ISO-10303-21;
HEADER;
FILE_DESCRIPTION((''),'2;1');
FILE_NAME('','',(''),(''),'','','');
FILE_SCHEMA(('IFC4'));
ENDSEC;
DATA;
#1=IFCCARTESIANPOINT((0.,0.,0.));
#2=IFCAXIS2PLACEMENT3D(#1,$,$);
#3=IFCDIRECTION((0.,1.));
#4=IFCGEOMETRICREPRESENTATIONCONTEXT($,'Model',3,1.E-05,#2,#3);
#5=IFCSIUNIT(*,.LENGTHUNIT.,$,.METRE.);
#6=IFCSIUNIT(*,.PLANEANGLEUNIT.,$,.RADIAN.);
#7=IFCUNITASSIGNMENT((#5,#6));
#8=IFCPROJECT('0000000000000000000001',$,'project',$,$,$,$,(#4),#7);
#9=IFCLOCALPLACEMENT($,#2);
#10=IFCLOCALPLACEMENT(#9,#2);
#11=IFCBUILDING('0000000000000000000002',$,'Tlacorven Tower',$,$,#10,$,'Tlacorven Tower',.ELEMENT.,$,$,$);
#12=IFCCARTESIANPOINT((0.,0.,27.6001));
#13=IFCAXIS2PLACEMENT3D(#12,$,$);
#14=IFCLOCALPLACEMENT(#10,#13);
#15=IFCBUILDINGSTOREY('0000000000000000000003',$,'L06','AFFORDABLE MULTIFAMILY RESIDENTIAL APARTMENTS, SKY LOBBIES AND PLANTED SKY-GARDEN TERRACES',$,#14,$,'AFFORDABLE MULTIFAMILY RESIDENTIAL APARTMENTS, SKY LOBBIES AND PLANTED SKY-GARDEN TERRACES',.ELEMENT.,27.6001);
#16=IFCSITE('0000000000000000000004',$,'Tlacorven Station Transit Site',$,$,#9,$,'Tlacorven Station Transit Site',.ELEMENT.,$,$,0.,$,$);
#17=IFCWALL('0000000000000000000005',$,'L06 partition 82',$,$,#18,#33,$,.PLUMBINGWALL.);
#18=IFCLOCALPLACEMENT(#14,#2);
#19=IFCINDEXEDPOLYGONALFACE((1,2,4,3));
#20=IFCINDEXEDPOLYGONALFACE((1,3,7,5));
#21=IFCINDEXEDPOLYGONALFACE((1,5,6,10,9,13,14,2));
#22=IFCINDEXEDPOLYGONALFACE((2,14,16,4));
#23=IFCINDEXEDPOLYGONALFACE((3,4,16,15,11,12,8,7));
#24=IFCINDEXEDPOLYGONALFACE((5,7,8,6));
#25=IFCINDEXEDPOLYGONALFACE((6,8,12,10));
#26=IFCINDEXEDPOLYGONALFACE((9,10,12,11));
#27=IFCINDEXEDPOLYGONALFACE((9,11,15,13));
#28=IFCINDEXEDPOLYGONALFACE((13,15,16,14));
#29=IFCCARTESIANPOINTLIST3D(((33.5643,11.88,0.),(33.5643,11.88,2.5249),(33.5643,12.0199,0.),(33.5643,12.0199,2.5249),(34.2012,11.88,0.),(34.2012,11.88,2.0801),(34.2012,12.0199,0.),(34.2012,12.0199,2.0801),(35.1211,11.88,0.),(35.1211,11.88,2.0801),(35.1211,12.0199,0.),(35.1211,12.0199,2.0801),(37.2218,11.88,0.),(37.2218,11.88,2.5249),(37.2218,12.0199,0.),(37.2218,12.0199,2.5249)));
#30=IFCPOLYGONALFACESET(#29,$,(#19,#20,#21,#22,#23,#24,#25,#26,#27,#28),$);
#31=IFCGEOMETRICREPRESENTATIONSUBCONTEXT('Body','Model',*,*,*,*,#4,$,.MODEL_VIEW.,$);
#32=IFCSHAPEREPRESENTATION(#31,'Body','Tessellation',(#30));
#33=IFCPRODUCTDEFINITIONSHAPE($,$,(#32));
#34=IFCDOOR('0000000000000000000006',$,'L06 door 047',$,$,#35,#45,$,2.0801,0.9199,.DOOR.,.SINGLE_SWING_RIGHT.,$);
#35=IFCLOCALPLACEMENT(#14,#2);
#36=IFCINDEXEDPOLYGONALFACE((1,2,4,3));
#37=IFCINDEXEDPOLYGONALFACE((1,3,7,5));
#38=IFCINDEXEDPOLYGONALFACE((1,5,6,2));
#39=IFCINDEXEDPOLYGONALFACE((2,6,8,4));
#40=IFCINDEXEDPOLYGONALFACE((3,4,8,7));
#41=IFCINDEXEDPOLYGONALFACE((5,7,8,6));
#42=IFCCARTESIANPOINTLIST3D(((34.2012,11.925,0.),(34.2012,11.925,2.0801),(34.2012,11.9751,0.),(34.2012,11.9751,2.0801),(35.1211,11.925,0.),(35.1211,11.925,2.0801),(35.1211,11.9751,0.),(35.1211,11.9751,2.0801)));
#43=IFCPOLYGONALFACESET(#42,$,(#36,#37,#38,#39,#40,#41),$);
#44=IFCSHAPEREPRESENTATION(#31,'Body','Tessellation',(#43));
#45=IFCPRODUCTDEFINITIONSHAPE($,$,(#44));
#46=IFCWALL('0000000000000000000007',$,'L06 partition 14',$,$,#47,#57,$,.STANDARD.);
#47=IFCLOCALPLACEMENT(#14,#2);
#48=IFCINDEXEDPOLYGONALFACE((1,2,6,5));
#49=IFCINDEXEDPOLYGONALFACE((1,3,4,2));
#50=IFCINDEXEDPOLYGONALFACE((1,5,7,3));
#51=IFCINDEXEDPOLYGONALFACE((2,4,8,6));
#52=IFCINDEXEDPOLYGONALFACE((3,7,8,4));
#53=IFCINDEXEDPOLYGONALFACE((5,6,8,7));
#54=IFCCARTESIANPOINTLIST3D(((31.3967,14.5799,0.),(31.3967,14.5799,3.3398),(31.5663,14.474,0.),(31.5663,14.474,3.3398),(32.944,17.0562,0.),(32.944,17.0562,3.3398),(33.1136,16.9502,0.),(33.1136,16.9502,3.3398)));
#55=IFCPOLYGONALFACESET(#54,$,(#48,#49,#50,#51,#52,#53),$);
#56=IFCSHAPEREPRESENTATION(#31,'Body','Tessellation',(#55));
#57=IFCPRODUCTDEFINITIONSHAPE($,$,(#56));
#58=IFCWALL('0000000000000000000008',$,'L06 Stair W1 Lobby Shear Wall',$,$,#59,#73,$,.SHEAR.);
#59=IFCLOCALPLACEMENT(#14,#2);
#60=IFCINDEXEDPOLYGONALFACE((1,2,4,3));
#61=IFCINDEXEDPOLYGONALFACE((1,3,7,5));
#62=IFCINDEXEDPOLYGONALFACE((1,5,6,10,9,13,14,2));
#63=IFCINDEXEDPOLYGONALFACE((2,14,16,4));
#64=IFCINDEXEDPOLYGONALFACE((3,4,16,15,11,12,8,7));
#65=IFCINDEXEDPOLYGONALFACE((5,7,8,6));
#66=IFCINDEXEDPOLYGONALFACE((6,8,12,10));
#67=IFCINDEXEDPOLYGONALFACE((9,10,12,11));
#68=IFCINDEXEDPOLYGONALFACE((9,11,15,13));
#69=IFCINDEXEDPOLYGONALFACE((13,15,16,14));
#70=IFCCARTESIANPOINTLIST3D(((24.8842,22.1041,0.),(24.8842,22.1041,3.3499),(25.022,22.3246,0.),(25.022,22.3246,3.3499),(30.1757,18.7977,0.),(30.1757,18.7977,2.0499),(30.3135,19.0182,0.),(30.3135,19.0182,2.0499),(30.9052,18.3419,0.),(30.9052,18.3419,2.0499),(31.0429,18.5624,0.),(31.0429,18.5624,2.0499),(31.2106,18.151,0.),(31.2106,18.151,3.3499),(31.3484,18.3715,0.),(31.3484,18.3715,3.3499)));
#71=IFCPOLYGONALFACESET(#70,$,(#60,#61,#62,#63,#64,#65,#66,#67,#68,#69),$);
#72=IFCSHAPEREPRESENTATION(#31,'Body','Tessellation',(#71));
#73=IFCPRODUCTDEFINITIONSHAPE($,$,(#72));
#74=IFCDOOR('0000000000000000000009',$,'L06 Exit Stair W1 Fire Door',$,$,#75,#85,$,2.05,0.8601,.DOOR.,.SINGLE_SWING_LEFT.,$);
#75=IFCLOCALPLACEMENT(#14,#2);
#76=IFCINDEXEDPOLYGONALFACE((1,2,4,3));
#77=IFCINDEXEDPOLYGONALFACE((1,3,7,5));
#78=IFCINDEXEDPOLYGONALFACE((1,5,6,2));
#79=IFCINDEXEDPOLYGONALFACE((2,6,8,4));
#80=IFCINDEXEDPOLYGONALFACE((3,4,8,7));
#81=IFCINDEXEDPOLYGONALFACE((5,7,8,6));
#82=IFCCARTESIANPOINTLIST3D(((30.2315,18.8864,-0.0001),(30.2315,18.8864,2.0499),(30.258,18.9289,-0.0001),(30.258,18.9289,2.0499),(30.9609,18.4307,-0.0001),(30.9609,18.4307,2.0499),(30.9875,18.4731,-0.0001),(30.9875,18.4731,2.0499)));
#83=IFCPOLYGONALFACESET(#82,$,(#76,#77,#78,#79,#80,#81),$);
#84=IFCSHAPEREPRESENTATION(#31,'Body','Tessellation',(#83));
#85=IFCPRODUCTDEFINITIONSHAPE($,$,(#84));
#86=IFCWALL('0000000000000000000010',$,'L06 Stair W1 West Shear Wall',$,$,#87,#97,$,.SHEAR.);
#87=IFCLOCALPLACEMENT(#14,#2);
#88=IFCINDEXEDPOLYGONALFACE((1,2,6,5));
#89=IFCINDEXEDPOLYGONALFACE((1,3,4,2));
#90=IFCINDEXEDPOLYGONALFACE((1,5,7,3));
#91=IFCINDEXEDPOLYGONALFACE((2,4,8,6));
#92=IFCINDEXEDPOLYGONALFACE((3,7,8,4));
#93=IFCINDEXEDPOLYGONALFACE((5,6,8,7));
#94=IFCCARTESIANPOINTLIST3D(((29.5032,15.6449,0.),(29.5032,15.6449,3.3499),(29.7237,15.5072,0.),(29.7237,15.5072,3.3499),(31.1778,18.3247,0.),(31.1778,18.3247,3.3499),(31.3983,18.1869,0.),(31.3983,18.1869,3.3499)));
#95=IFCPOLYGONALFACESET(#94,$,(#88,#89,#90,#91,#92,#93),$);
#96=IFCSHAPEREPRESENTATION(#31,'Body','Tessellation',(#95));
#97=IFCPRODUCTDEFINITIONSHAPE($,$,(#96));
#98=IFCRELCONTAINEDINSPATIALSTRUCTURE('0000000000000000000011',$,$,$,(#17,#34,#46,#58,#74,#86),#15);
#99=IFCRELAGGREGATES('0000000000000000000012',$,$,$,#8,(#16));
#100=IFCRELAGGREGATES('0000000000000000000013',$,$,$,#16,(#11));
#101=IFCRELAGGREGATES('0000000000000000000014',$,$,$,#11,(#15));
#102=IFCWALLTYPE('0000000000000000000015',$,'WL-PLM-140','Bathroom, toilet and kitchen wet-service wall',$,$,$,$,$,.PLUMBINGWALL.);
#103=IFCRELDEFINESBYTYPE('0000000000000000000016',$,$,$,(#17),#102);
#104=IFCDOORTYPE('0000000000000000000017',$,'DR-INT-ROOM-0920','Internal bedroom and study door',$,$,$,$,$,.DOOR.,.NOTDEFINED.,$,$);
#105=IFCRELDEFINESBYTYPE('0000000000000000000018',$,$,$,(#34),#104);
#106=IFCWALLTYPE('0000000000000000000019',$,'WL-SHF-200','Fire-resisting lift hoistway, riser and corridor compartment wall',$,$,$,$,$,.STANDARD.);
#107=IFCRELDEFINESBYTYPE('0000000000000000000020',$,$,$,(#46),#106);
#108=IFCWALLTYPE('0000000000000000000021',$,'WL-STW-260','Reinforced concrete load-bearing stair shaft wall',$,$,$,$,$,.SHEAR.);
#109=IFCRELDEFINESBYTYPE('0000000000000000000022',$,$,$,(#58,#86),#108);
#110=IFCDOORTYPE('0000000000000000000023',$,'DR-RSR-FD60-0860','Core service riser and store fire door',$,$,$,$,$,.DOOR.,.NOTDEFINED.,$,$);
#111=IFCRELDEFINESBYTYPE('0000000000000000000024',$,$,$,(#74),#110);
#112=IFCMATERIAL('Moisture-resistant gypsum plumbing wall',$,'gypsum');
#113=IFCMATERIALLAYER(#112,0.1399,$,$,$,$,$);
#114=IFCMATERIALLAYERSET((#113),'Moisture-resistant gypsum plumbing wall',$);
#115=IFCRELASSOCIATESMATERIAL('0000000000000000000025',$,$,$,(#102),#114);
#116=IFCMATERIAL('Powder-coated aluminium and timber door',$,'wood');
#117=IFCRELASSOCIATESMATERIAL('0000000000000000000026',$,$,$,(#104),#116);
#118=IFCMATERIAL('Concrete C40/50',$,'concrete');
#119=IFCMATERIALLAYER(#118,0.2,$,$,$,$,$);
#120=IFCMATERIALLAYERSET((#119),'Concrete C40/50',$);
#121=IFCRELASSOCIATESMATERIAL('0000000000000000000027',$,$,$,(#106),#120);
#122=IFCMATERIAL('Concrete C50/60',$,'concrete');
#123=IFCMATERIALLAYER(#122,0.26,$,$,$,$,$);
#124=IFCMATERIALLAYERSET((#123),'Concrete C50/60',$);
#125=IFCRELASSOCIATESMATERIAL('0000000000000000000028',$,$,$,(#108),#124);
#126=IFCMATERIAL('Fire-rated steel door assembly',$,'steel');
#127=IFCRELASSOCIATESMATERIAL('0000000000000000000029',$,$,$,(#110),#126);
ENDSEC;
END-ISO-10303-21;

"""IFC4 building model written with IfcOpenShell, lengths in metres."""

from ifc_helpers import new_model, si_unit, direction, frame, frame_2d, origin, place, context, subcontext, project, spatial, rectangle, extrude, source, transform, mapped, material, layer, layer_set, type_object, element, fill, save


model = new_model("IFC4")

# Units and contexts
model_context = context("Model", 3, precision=1e-05, world=origin(), true_north=direction((0.0, 1.0)))
body_context = subcontext(model_context, "Body", "Model", "MODEL_VIEW")
ifc_project = project(units=[si_unit("LENGTHUNIT", "METRE"), si_unit("PLANEANGLEUNIT", "RADIAN")], contexts=[model_context])

# Site, building, storey
site_placement = place(None, origin())
site = spatial("IfcSite", under=ifc_project, at=site_placement, Name="Tlacorven Station Transit Site", LongName="Tlacorven Station Transit Site", CompositionType="ELEMENT", RefElevation=0.0)
building_placement = place(site_placement, origin())
building = spatial("IfcBuilding", under=site, at=building_placement, Name="Tlacorven Tower", LongName="Tlacorven Tower", CompositionType="ELEMENT")
storey_placement = place(building_placement, frame((0.0, 0.0, 27.6001)))
storey = spatial("IfcBuildingStorey", under=building, at=storey_placement, Name="L06", Description="AFFORDABLE MULTIFAMILY RESIDENTIAL APARTMENTS, SKY LOBBIES AND PLANTED SKY-GARDEN TERRACES", LongName="AFFORDABLE MULTIFAMILY RESIDENTIAL APARTMENTS, SKY LOBBIES AND PLANTED SKY-GARDEN TERRACES", CompositionType="ELEMENT", Elevation=27.6001)

# Shared definitions
ifc_material_1 = material(Name="Fire-rated steel door assembly", Category="steel")

# Shared definitions
ifc_material_2 = material(Name="Moisture-resistant gypsum plumbing wall", Category="gypsum")
ifc_layer_1 = layer(ifc_material_2, 0.1399)
ifc_layer_set_1 = layer_set([ifc_layer_1], Name="Moisture-resistant gypsum plumbing wall")
wall_type_1 = type_object("IfcWallType", Name="WL-PLM-140", Description="Bathroom, toilet and kitchen wet-service wall", PredefinedType="PLUMBINGWALL", material=ifc_layer_set_1)

# Wall, opening, door
wall_1_placement = place(storey_placement, frame((33.5645, 11.95, 0.0), z_axis=(0.0, 0.0, 1.0), x_axis=(1.0, 0.0, 0.0)))
wall_1 = element("IfcWall", 1, at=wall_1_placement, inside=storey, type_object=wall_type_1, Name="L06 partition 82", PredefinedType="PLUMBINGWALL", context=body_context, shape_type="SweptSolid", body=[
    extrude(rectangle(XDim=3.6575, YDim=0.1399, at=frame_2d((1.8286, 0.0))), origin(), (0.0, 0.0, 1.0), 2.5249),
])
opening_1_placement = place(wall_1_placement, frame((0.6367, 0.0, 0.0)))
opening_1 = element("IfcOpeningElement", 2, at=opening_1_placement, cuts=wall_1, PredefinedType="OPENING", context=body_context, shape_type="SweptSolid", body=[
    extrude(rectangle(XDim=0.9199, YDim=2.0801, at=frame_2d((0.46, 1.04))), frame((0.0, 0.0801, 0.0), z_axis=(0.0, -1.0, 0.0), x_axis=(1.0, 0.0, 0.0)), (0.0, 0.0, 1.0), 0.1599),
])
ifc_material_3 = material(Name="Powder-coated aluminium and timber door", Category="wood")
door_type_1 = type_object("IfcDoorType", Name="DR-INT-ROOM-0920", Description="Internal bedroom and study door", OperationType="NOTDEFINED", PredefinedType="DOOR", material=ifc_material_3)
shared_shape_1 = source(origin(), body_context, "Body", "SweptSolid", [
    extrude(rectangle(XDim=0.9199, YDim=2.0801, at=frame_2d((0.46, 1.04))), frame((0.0, 0.0249, 0.0), z_axis=(0.0, -1.0, 0.0), x_axis=(1.0, 0.0, 0.0)), (0.0, 0.0, 1.0), 0.05),
])
door_1_placement = place(opening_1_placement, frame((0.9199, 0.0, 0.0), z_axis=(0.0, 0.0, 1.0), x_axis=(-1.0, 0.0, 0.0)))
door_1 = element("IfcDoor", 3, at=door_1_placement, inside=storey, type_object=door_type_1, Name="L06 door 047", OperationType="SINGLE_SWING_RIGHT", OverallHeight=2.0801, OverallWidth=0.9199, PredefinedType="DOOR", context=body_context, shape_type="MappedRepresentation", body=[
    mapped(shared_shape_1, transform((0.0, 0.0, 0.0), scale=1.0)),
])
fill(opening_1, door_1)

# Wall
ifc_material_4 = material(Name="Concrete C40/50", Category="concrete")
ifc_layer_2 = layer(ifc_material_4, 0.2)
ifc_layer_set_2 = layer_set([ifc_layer_2], Name="Concrete C40/50")
wall_type_2 = type_object("IfcWallType", Name="WL-SHF-200", Description="Fire-resisting lift hoistway, riser and corridor compartment wall", PredefinedType="STANDARD", material=ifc_layer_set_2)
wall_2_placement = place(storey_placement, frame((33.0288, 17.0032, 0.0), z_axis=(0.0, 0.0, 1.0), x_axis=(-0.529916, -0.84805, 0.0)))
element("IfcWall", 4, at=wall_2_placement, inside=storey, type_object=wall_type_2, Name="L06 partition 14", PredefinedType="STANDARD", context=body_context, shape_type="SweptSolid", body=[
    extrude(rectangle(XDim=2.9199, YDim=0.2, at=frame_2d((1.46, 0.0))), origin(), (0.0, 0.0, 1.0), 3.3398),
])

# Wall, opening, door
ifc_material_5 = material(Name="Concrete C50/60", Category="concrete")
ifc_layer_3 = layer(ifc_material_5, 0.26)
ifc_layer_set_3 = layer_set([ifc_layer_3], Name="Concrete C50/60")
wall_type_3 = type_object("IfcWallType", Name="WL-STW-260", Description="Reinforced concrete load-bearing stair shaft wall", PredefinedType="SHEAR", material=ifc_layer_set_3)
wall_3_placement = place(storey_placement, frame((31.2795, 18.2612, 0.0), z_axis=(0.0, 0.0, 1.0), x_axis=(-0.848052, 0.529914, 0.0)))
wall_3 = element("IfcWall", 5, at=wall_3_placement, inside=storey, type_object=wall_type_3, Name="L06 Stair W1 Lobby Shear Wall", PredefinedType="SHEAR", context=body_context, shape_type="SweptSolid", body=[
    extrude(rectangle(XDim=7.46, YDim=0.26, at=frame_2d((3.73, 0.0))), origin(), (0.0, 0.0, 1.0), 3.3499),
])
opening_2_placement = place(wall_3_placement, frame((0.3601, 0.0, 0.0)))
opening_2 = element("IfcOpeningElement", 6, at=opening_2_placement, cuts=wall_3, PredefinedType="OPENING", context=body_context, shape_type="SweptSolid", body=[
    extrude(rectangle(XDim=0.8601, YDim=2.05, at=frame_2d((0.4302, 1.0249))), frame((0.0, 0.1401, 0.0), z_axis=(0.0, -1.0, 0.0), x_axis=(1.0, 0.0, 0.0)), (0.0, 0.0, 1.0), 0.28),
])
door_type_2 = type_object("IfcDoorType", Name="DR-RSR-FD60-0860", Description="Core service riser and store fire door", OperationType="NOTDEFINED", PredefinedType="DOOR", material=ifc_material_1)
shared_shape_2 = source(origin(), body_context, "Body", "SweptSolid", [
    extrude(rectangle(XDim=0.8601, YDim=2.05, at=frame_2d((0.4302, 1.0249))), frame((0.0, 0.0249, 0.0), z_axis=(0.0, -1.0, 0.0), x_axis=(1.0, 0.0, 0.0)), (0.0, 0.0, 1.0), 0.05),
])
door_2_placement = place(opening_2_placement, frame((0.8601, 0.0, 0.0), z_axis=(0.0, 0.0, 1.0), x_axis=(-1.0, 0.0, 0.0)))
door_2 = element("IfcDoor", 7, at=door_2_placement, inside=storey, type_object=door_type_2, Name="L06 Exit Stair W1 Fire Door", OperationType="SINGLE_SWING_LEFT", OverallHeight=2.05, OverallWidth=0.8601, PredefinedType="DOOR", context=body_context, shape_type="MappedRepresentation", body=[
    mapped(shared_shape_2, transform((0.0, 0.0, 0.0), scale=1.0)),
])
fill(opening_2, door_2)

# Wall
wall_4_placement = place(storey_placement, frame((31.2881, 18.2559, 0.0), z_axis=(0.0, 0.0, 1.0), x_axis=(-0.529943, -0.848033, 0.0)))
element("IfcWall", 8, at=wall_4_placement, inside=storey, type_object=wall_type_3, Name="L06 Stair W1 West Shear Wall", PredefinedType="SHEAR", context=body_context, shape_type="SweptSolid", body=[
    extrude(rectangle(XDim=3.1599, YDim=0.26, at=frame_2d((1.5801, 0.0))), origin(), (0.0, 0.0, 1.0), 3.3499),
])

save(model, "model.ifc")
